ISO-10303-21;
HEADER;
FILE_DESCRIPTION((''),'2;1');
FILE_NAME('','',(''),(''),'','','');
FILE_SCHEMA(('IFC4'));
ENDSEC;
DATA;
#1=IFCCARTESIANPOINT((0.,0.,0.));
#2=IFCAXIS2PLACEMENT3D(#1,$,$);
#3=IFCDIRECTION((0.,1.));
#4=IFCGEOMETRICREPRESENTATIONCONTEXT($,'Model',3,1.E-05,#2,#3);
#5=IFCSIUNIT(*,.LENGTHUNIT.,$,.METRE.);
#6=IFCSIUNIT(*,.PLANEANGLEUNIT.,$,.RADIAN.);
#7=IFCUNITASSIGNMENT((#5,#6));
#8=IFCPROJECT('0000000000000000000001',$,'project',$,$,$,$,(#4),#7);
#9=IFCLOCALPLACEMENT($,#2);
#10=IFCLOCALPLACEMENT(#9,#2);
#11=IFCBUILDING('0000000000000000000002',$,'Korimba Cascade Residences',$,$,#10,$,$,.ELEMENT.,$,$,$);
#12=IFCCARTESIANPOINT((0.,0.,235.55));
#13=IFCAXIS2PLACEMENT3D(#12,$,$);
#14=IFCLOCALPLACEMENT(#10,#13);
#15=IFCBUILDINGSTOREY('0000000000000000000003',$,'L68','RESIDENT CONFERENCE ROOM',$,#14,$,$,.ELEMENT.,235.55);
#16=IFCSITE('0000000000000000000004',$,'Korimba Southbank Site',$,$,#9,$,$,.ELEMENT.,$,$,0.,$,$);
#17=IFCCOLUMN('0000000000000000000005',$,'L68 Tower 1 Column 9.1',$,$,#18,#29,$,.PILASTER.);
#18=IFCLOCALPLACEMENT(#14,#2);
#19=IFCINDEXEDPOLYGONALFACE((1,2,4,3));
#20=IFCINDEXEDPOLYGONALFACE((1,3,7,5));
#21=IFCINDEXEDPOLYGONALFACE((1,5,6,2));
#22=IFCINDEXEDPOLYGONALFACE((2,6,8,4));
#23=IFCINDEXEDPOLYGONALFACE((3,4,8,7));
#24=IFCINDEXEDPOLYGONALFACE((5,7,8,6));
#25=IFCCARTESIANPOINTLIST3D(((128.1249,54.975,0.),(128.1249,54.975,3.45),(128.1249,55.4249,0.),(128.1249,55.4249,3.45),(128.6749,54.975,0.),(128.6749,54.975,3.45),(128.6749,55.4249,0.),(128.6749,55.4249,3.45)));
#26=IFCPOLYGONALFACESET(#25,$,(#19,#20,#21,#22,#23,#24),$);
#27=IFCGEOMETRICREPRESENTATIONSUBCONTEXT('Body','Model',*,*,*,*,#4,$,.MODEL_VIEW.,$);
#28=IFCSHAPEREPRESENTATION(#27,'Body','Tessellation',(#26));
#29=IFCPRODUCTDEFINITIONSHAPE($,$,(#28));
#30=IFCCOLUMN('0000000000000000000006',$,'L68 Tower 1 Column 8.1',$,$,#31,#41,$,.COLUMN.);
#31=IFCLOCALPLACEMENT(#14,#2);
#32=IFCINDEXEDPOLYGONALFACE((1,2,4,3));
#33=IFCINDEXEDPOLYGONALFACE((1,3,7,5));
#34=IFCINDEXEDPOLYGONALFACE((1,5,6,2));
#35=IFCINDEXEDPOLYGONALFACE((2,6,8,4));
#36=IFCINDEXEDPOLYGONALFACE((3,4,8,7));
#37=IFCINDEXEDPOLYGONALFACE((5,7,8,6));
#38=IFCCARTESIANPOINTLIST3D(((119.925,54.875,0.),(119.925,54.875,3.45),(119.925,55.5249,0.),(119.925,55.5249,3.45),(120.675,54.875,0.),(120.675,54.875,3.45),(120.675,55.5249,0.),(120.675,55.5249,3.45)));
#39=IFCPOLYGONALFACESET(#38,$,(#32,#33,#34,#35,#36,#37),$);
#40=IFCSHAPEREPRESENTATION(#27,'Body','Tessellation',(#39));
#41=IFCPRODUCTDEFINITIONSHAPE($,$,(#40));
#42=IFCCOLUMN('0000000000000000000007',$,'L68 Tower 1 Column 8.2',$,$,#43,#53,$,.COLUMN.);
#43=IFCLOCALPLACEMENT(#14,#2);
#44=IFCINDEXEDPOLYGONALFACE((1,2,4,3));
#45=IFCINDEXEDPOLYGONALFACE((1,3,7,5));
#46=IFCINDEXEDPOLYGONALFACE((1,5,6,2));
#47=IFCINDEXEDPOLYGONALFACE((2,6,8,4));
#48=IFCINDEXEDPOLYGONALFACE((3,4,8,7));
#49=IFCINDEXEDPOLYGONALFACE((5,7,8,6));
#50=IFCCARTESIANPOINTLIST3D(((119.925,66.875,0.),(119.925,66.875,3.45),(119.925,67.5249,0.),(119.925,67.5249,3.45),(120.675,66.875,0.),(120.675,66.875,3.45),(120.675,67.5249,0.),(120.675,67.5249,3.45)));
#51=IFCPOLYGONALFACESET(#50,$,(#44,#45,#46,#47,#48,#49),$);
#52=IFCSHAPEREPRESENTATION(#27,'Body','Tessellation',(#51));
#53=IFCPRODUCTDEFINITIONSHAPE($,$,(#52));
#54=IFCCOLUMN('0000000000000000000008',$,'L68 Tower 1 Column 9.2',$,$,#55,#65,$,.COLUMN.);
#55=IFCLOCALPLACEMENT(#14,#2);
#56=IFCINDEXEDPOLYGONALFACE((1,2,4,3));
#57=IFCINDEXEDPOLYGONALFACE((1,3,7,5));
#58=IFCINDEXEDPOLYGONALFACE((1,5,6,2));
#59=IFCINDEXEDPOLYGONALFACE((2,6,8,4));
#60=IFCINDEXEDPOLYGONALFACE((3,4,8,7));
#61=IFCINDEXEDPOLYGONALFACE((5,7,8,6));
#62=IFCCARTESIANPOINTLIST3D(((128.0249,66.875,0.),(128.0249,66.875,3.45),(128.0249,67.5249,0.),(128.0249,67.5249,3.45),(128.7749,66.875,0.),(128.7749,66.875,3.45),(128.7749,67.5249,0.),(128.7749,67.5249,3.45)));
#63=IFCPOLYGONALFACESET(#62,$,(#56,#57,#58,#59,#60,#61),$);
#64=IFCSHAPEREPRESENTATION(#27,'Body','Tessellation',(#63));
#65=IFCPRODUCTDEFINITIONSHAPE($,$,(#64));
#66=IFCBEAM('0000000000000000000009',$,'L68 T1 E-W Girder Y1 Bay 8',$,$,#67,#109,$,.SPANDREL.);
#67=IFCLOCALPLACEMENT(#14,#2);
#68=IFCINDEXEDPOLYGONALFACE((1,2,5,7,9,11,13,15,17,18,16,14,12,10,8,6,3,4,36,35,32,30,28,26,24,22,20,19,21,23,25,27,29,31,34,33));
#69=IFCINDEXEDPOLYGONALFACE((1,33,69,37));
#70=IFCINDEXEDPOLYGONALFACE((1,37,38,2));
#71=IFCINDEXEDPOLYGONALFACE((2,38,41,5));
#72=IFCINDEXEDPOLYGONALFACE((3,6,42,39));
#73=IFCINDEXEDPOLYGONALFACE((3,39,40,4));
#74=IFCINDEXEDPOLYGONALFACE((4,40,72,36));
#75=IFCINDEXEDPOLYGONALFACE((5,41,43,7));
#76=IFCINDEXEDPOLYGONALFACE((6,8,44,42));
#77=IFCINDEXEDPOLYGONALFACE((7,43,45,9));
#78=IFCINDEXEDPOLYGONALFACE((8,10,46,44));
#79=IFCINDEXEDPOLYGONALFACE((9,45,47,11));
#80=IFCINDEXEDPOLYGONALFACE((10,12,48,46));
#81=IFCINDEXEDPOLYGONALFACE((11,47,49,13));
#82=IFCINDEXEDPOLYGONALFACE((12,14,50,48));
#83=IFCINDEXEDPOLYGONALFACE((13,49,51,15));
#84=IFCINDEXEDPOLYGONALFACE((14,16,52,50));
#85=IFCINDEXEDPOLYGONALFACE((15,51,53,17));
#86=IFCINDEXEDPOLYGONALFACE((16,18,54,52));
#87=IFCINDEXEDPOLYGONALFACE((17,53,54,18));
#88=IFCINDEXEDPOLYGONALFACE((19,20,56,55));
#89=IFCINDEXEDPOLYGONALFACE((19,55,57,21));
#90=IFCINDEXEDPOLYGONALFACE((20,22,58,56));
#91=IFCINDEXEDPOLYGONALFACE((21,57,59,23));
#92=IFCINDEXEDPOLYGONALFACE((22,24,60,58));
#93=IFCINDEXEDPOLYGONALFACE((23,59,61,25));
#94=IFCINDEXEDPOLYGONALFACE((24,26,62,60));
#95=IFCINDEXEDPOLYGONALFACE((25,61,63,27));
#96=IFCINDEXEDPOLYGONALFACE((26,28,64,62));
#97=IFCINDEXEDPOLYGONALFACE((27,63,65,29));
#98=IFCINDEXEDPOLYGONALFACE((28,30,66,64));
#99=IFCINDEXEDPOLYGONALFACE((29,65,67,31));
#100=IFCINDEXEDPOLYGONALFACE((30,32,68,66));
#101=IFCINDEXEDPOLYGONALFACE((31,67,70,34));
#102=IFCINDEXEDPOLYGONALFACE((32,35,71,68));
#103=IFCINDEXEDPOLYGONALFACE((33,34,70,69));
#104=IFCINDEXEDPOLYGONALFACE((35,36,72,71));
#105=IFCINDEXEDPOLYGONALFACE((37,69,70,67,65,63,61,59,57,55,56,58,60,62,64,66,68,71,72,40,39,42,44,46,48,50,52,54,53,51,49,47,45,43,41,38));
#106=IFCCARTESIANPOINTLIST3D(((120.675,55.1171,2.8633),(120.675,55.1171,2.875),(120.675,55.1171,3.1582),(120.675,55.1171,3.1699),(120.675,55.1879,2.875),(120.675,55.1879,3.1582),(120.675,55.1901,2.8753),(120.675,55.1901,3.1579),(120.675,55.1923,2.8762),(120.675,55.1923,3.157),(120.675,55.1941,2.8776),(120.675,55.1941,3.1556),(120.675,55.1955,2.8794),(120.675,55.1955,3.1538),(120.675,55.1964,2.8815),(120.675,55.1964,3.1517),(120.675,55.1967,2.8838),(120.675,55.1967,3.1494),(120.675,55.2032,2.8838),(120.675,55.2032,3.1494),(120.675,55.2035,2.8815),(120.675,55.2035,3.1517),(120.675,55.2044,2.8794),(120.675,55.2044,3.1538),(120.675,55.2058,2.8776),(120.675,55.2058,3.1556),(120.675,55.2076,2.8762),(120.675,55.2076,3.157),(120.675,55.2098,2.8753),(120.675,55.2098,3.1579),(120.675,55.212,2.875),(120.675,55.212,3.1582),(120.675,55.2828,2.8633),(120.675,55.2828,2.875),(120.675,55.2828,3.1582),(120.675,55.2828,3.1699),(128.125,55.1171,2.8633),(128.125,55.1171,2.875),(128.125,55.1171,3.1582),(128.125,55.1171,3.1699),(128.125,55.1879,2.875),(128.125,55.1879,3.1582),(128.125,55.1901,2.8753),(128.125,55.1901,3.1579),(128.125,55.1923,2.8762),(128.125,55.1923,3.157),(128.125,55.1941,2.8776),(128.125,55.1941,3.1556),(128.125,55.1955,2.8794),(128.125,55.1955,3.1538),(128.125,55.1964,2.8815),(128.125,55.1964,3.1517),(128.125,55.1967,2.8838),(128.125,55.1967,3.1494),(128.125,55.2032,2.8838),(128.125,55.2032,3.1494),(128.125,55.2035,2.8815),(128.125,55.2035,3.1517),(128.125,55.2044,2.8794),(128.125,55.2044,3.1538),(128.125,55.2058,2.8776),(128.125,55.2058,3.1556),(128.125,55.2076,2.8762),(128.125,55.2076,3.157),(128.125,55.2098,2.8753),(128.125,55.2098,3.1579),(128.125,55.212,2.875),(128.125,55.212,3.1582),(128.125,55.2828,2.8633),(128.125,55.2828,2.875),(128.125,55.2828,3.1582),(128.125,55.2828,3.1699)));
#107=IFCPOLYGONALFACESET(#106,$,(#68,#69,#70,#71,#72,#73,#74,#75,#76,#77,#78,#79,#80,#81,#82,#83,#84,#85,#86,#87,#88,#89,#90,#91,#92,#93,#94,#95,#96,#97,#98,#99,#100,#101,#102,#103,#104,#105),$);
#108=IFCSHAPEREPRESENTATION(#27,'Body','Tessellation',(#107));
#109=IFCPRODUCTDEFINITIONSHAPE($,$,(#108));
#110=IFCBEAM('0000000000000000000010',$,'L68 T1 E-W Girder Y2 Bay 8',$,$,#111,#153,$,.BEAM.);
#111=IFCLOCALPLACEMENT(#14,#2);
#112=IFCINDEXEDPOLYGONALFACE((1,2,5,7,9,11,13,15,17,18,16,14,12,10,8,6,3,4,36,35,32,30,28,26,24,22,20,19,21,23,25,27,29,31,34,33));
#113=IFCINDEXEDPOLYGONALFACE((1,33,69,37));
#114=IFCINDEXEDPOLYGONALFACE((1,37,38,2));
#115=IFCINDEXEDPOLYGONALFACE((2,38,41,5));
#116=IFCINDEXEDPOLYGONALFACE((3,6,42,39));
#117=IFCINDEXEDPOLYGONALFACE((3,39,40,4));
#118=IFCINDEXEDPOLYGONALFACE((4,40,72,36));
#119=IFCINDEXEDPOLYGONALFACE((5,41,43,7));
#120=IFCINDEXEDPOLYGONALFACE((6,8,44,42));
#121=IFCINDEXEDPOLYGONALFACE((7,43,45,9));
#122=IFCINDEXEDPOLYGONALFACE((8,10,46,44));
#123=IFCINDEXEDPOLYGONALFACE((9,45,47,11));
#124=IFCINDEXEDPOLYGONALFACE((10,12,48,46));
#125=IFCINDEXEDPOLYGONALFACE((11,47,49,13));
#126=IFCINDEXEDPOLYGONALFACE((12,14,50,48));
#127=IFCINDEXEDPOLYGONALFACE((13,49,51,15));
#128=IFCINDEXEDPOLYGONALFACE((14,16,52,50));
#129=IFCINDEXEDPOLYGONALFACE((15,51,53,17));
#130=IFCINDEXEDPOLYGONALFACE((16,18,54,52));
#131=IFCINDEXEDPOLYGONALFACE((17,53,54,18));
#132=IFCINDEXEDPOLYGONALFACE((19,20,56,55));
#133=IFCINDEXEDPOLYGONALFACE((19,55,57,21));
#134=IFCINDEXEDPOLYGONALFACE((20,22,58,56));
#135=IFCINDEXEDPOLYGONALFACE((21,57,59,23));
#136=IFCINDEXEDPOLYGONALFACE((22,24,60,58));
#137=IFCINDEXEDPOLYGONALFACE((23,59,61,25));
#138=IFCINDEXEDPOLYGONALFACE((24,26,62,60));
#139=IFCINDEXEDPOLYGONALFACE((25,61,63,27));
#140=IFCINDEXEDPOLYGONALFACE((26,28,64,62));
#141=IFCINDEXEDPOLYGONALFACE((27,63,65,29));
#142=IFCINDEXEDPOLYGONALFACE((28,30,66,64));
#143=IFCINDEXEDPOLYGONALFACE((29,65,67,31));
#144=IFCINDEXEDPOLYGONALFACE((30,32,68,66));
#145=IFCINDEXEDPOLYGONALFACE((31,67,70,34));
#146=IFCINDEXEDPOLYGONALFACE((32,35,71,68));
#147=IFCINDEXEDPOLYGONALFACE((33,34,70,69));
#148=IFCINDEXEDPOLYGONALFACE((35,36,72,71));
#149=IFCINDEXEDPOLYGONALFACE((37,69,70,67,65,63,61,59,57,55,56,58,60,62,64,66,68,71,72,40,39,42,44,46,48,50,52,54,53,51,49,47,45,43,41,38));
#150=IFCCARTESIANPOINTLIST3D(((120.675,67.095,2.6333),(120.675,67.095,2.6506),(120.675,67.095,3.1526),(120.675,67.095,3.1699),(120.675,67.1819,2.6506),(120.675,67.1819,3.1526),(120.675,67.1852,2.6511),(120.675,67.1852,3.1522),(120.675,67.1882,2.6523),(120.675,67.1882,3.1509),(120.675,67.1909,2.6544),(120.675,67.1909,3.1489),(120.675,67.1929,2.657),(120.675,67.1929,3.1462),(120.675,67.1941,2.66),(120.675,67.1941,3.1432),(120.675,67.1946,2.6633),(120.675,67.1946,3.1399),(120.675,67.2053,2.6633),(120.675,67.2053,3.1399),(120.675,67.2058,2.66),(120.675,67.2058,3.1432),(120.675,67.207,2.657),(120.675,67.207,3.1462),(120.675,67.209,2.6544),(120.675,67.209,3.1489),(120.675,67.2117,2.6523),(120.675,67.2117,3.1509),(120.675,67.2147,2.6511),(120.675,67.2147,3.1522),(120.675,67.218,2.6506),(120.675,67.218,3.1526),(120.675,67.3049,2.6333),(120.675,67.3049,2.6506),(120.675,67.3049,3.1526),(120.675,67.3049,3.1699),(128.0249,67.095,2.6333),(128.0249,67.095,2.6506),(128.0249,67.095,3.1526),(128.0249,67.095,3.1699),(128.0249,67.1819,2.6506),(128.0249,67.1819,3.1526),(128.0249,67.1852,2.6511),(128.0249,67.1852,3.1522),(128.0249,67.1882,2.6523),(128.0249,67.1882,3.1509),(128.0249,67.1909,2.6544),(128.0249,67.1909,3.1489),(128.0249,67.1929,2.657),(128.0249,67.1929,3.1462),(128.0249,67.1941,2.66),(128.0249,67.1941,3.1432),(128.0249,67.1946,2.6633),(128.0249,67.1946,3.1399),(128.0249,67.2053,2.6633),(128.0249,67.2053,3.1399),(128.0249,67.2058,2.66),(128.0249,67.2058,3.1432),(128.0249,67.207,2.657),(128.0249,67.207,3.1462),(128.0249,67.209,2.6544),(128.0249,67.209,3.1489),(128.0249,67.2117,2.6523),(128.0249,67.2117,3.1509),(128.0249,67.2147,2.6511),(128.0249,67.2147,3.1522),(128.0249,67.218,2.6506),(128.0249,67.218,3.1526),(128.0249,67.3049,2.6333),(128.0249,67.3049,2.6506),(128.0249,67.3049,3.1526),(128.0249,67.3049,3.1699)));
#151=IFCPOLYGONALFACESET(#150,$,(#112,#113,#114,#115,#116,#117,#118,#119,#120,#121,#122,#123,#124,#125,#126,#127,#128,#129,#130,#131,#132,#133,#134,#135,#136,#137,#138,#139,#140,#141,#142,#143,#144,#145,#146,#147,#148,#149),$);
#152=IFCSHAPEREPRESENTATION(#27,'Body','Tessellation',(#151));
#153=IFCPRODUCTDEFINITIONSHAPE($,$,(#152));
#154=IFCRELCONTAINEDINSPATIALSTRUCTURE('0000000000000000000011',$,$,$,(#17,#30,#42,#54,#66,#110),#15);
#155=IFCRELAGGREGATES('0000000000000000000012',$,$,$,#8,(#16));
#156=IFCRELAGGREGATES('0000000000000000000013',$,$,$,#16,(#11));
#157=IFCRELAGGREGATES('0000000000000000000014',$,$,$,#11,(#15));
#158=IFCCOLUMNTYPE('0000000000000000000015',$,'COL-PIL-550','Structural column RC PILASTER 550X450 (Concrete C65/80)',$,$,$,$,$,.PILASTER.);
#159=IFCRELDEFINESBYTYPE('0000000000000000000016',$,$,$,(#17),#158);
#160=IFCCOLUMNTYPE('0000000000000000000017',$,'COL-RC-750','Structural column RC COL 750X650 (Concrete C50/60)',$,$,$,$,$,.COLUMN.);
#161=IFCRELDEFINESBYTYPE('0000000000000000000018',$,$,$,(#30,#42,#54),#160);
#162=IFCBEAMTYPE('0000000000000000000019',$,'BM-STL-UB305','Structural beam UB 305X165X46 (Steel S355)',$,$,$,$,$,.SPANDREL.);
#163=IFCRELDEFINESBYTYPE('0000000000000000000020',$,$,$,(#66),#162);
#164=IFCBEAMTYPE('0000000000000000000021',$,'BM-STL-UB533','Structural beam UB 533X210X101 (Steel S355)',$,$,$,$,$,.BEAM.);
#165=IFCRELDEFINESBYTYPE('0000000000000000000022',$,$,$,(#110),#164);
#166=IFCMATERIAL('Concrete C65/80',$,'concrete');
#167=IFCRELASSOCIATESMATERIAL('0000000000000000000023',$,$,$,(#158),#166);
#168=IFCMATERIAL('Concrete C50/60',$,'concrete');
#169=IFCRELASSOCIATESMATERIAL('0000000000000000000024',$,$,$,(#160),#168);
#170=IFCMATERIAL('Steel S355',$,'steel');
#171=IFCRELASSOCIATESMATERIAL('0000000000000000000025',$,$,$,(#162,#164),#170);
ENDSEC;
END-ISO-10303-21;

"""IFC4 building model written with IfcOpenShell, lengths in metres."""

from ifc_helpers import new_model, si_unit, direction, frame, origin, origin_2d, place, context, subcontext, project, spatial, rectangle, i_section, extrude, material, material_profile, profile_set, type_object, element, save


model = new_model("IFC4")

# Units and contexts
model_context = context("Model", 3, precision=1e-05, world=origin(), true_north=direction((0.0, 1.0)))
body_context = subcontext(model_context, "Body", "Model", "MODEL_VIEW")
ifc_project = project(units=[si_unit("LENGTHUNIT", "METRE"), si_unit("PLANEANGLEUNIT", "RADIAN")], contexts=[model_context])

# Site, building, storey
site_placement = place(None, origin())
site = spatial("IfcSite", under=ifc_project, at=site_placement, Name="Korimba Southbank Site", CompositionType="ELEMENT", RefElevation=0.0)
building_placement = place(site_placement, origin())
building = spatial("IfcBuilding", under=site, at=building_placement, Name="Korimba Cascade Residences", CompositionType="ELEMENT")
storey_placement = place(building_placement, frame((0.0, 0.0, 235.55)))
storey = spatial("IfcBuildingStorey", under=building, at=storey_placement, Name="L68", Description="RESIDENT CONFERENCE ROOM", CompositionType="ELEMENT", Elevation=235.55)

# Columns
ifc_material_1 = material(Name="Concrete C65/80", Category="concrete")
ifc_material_profile_1 = material_profile(ifc_material_1, rectangle(XDim=0.55, YDim=0.45, at=origin_2d()), Name="Concrete C65/80")
ifc_profile_set_1 = profile_set([ifc_material_profile_1], Name="Concrete C65/80")
column_type_1 = type_object("IfcColumnType", Name="COL-PIL-550", Description="Structural column RC PILASTER 550X450 (Concrete C65/80)", PredefinedType="PILASTER", material=ifc_profile_set_1)
column_placement = place(storey_placement, frame((128.3999, 55.2, 0.0), z_axis=(0.0, 0.0, 1.0), x_axis=(1.0, 0.0, 0.0)))
element("IfcColumn", 1, at=column_placement, inside=storey, type_object=column_type_1, Name="L68 Tower 1 Column 9.1", PredefinedType="PILASTER", context=body_context, shape_type="SweptSolid", body=[
    extrude(rectangle(XDim=0.55, YDim=0.45, at=origin_2d()), origin(), (0.0, 0.0, 1.0), 3.45),
])
ifc_material_2 = material(Name="Concrete C50/60", Category="concrete")
ifc_material_profile_2 = material_profile(ifc_material_2, rectangle(XDim=0.75, YDim=0.6499, at=origin_2d()), Name="Concrete C50/60")
ifc_profile_set_2 = profile_set([ifc_material_profile_2], Name="Concrete C50/60")
column_type_2 = type_object("IfcColumnType", Name="COL-RC-750", Description="Structural column RC COL 750X650 (Concrete C50/60)", PredefinedType="COLUMN", material=ifc_profile_set_2)
for number, where, z_axis, x_axis, name in (
    (2, (120.3, 55.2, 0.0), (0.0, 0.0, 1.0), (1.0, 0.0, 0.0), "L68 Tower 1 Column 8.1"),
    (3, (120.3, 67.2, 0.0), (0.0, 0.0, 1.0), (1.0, 0.0, 0.0), "L68 Tower 1 Column 8.2"),
    (4, (128.3999, 67.2, 0.0), (0.0, 0.0, 1.0), (1.0, 0.0, 0.0), "L68 Tower 1 Column 9.2"),
):
    element("IfcColumn", number, at=place(storey_placement, frame(where, z_axis=z_axis, x_axis=x_axis)), inside=storey, type_object=column_type_2, Name=name, PredefinedType="COLUMN", context=body_context, shape_type="SweptSolid", body=[
        extrude(rectangle(XDim=0.75, YDim=0.6499, at=origin_2d()), origin(), (0.0, 0.0, 1.0), 3.45),
    ])

# Beams
ifc_material_3 = material(Name="Steel S355", Category="steel")
ifc_material_profile_3 = material_profile(ifc_material_3, i_section(OverallWidth=0.1658, OverallDepth=0.3066, WebThickness=0.0066, FlangeThickness=0.0117, FilletRadius=0.0088, at=origin_2d()), Name="Steel S355")
ifc_profile_set_3 = profile_set([ifc_material_profile_3], Name="Steel S355")
beam_type_1 = type_object("IfcBeamType", Name="BM-STL-UB305", Description="Structural beam UB 305X165X46 (Steel S355)", PredefinedType="SPANDREL", material=ifc_profile_set_3)
beam_1_placement = place(storey_placement, frame((120.675, 55.2, 3.0166), z_axis=(1.0, 0.0, 0.0), x_axis=(0.0, 1.0, 0.0)))
element("IfcBeam", 5, at=beam_1_placement, inside=storey, type_object=beam_type_1, Name="L68 T1 E-W Girder Y1 Bay 8", PredefinedType="SPANDREL", context=body_context, shape_type="SweptSolid", body=[
    extrude(i_section(OverallWidth=0.1658, OverallDepth=0.3066, WebThickness=0.0066, FlangeThickness=0.0117, FilletRadius=0.0088, at=origin_2d()), origin(), (0.0, 0.0, 1.0), 7.45),
])
ifc_material_profile_4 = material_profile(ifc_material_3, i_section(OverallWidth=0.21, OverallDepth=0.5366, WebThickness=0.0107, FlangeThickness=0.0173, FilletRadius=0.0127, at=origin_2d()), Name="Steel S355")
ifc_profile_set_4 = profile_set([ifc_material_profile_4], Name="Steel S355")
beam_type_2 = type_object("IfcBeamType", Name="BM-STL-UB533", Description="Structural beam UB 533X210X101 (Steel S355)", PredefinedType="BEAM", material=ifc_profile_set_4)
beam_2_placement = place(storey_placement, frame((120.675, 67.2, 2.9016), z_axis=(1.0, 0.0, 0.0), x_axis=(0.0, 1.0, 0.0)))
element("IfcBeam", 6, at=beam_2_placement, inside=storey, type_object=beam_type_2, Name="L68 T1 E-W Girder Y2 Bay 8", PredefinedType="BEAM", context=body_context, shape_type="SweptSolid", body=[
    extrude(i_section(OverallWidth=0.21, OverallDepth=0.5366, WebThickness=0.0107, FlangeThickness=0.0173, FilletRadius=0.0127, at=origin_2d()), origin(), (0.0, 0.0, 1.0), 7.3499),
])

save(model, "model.ifc")
